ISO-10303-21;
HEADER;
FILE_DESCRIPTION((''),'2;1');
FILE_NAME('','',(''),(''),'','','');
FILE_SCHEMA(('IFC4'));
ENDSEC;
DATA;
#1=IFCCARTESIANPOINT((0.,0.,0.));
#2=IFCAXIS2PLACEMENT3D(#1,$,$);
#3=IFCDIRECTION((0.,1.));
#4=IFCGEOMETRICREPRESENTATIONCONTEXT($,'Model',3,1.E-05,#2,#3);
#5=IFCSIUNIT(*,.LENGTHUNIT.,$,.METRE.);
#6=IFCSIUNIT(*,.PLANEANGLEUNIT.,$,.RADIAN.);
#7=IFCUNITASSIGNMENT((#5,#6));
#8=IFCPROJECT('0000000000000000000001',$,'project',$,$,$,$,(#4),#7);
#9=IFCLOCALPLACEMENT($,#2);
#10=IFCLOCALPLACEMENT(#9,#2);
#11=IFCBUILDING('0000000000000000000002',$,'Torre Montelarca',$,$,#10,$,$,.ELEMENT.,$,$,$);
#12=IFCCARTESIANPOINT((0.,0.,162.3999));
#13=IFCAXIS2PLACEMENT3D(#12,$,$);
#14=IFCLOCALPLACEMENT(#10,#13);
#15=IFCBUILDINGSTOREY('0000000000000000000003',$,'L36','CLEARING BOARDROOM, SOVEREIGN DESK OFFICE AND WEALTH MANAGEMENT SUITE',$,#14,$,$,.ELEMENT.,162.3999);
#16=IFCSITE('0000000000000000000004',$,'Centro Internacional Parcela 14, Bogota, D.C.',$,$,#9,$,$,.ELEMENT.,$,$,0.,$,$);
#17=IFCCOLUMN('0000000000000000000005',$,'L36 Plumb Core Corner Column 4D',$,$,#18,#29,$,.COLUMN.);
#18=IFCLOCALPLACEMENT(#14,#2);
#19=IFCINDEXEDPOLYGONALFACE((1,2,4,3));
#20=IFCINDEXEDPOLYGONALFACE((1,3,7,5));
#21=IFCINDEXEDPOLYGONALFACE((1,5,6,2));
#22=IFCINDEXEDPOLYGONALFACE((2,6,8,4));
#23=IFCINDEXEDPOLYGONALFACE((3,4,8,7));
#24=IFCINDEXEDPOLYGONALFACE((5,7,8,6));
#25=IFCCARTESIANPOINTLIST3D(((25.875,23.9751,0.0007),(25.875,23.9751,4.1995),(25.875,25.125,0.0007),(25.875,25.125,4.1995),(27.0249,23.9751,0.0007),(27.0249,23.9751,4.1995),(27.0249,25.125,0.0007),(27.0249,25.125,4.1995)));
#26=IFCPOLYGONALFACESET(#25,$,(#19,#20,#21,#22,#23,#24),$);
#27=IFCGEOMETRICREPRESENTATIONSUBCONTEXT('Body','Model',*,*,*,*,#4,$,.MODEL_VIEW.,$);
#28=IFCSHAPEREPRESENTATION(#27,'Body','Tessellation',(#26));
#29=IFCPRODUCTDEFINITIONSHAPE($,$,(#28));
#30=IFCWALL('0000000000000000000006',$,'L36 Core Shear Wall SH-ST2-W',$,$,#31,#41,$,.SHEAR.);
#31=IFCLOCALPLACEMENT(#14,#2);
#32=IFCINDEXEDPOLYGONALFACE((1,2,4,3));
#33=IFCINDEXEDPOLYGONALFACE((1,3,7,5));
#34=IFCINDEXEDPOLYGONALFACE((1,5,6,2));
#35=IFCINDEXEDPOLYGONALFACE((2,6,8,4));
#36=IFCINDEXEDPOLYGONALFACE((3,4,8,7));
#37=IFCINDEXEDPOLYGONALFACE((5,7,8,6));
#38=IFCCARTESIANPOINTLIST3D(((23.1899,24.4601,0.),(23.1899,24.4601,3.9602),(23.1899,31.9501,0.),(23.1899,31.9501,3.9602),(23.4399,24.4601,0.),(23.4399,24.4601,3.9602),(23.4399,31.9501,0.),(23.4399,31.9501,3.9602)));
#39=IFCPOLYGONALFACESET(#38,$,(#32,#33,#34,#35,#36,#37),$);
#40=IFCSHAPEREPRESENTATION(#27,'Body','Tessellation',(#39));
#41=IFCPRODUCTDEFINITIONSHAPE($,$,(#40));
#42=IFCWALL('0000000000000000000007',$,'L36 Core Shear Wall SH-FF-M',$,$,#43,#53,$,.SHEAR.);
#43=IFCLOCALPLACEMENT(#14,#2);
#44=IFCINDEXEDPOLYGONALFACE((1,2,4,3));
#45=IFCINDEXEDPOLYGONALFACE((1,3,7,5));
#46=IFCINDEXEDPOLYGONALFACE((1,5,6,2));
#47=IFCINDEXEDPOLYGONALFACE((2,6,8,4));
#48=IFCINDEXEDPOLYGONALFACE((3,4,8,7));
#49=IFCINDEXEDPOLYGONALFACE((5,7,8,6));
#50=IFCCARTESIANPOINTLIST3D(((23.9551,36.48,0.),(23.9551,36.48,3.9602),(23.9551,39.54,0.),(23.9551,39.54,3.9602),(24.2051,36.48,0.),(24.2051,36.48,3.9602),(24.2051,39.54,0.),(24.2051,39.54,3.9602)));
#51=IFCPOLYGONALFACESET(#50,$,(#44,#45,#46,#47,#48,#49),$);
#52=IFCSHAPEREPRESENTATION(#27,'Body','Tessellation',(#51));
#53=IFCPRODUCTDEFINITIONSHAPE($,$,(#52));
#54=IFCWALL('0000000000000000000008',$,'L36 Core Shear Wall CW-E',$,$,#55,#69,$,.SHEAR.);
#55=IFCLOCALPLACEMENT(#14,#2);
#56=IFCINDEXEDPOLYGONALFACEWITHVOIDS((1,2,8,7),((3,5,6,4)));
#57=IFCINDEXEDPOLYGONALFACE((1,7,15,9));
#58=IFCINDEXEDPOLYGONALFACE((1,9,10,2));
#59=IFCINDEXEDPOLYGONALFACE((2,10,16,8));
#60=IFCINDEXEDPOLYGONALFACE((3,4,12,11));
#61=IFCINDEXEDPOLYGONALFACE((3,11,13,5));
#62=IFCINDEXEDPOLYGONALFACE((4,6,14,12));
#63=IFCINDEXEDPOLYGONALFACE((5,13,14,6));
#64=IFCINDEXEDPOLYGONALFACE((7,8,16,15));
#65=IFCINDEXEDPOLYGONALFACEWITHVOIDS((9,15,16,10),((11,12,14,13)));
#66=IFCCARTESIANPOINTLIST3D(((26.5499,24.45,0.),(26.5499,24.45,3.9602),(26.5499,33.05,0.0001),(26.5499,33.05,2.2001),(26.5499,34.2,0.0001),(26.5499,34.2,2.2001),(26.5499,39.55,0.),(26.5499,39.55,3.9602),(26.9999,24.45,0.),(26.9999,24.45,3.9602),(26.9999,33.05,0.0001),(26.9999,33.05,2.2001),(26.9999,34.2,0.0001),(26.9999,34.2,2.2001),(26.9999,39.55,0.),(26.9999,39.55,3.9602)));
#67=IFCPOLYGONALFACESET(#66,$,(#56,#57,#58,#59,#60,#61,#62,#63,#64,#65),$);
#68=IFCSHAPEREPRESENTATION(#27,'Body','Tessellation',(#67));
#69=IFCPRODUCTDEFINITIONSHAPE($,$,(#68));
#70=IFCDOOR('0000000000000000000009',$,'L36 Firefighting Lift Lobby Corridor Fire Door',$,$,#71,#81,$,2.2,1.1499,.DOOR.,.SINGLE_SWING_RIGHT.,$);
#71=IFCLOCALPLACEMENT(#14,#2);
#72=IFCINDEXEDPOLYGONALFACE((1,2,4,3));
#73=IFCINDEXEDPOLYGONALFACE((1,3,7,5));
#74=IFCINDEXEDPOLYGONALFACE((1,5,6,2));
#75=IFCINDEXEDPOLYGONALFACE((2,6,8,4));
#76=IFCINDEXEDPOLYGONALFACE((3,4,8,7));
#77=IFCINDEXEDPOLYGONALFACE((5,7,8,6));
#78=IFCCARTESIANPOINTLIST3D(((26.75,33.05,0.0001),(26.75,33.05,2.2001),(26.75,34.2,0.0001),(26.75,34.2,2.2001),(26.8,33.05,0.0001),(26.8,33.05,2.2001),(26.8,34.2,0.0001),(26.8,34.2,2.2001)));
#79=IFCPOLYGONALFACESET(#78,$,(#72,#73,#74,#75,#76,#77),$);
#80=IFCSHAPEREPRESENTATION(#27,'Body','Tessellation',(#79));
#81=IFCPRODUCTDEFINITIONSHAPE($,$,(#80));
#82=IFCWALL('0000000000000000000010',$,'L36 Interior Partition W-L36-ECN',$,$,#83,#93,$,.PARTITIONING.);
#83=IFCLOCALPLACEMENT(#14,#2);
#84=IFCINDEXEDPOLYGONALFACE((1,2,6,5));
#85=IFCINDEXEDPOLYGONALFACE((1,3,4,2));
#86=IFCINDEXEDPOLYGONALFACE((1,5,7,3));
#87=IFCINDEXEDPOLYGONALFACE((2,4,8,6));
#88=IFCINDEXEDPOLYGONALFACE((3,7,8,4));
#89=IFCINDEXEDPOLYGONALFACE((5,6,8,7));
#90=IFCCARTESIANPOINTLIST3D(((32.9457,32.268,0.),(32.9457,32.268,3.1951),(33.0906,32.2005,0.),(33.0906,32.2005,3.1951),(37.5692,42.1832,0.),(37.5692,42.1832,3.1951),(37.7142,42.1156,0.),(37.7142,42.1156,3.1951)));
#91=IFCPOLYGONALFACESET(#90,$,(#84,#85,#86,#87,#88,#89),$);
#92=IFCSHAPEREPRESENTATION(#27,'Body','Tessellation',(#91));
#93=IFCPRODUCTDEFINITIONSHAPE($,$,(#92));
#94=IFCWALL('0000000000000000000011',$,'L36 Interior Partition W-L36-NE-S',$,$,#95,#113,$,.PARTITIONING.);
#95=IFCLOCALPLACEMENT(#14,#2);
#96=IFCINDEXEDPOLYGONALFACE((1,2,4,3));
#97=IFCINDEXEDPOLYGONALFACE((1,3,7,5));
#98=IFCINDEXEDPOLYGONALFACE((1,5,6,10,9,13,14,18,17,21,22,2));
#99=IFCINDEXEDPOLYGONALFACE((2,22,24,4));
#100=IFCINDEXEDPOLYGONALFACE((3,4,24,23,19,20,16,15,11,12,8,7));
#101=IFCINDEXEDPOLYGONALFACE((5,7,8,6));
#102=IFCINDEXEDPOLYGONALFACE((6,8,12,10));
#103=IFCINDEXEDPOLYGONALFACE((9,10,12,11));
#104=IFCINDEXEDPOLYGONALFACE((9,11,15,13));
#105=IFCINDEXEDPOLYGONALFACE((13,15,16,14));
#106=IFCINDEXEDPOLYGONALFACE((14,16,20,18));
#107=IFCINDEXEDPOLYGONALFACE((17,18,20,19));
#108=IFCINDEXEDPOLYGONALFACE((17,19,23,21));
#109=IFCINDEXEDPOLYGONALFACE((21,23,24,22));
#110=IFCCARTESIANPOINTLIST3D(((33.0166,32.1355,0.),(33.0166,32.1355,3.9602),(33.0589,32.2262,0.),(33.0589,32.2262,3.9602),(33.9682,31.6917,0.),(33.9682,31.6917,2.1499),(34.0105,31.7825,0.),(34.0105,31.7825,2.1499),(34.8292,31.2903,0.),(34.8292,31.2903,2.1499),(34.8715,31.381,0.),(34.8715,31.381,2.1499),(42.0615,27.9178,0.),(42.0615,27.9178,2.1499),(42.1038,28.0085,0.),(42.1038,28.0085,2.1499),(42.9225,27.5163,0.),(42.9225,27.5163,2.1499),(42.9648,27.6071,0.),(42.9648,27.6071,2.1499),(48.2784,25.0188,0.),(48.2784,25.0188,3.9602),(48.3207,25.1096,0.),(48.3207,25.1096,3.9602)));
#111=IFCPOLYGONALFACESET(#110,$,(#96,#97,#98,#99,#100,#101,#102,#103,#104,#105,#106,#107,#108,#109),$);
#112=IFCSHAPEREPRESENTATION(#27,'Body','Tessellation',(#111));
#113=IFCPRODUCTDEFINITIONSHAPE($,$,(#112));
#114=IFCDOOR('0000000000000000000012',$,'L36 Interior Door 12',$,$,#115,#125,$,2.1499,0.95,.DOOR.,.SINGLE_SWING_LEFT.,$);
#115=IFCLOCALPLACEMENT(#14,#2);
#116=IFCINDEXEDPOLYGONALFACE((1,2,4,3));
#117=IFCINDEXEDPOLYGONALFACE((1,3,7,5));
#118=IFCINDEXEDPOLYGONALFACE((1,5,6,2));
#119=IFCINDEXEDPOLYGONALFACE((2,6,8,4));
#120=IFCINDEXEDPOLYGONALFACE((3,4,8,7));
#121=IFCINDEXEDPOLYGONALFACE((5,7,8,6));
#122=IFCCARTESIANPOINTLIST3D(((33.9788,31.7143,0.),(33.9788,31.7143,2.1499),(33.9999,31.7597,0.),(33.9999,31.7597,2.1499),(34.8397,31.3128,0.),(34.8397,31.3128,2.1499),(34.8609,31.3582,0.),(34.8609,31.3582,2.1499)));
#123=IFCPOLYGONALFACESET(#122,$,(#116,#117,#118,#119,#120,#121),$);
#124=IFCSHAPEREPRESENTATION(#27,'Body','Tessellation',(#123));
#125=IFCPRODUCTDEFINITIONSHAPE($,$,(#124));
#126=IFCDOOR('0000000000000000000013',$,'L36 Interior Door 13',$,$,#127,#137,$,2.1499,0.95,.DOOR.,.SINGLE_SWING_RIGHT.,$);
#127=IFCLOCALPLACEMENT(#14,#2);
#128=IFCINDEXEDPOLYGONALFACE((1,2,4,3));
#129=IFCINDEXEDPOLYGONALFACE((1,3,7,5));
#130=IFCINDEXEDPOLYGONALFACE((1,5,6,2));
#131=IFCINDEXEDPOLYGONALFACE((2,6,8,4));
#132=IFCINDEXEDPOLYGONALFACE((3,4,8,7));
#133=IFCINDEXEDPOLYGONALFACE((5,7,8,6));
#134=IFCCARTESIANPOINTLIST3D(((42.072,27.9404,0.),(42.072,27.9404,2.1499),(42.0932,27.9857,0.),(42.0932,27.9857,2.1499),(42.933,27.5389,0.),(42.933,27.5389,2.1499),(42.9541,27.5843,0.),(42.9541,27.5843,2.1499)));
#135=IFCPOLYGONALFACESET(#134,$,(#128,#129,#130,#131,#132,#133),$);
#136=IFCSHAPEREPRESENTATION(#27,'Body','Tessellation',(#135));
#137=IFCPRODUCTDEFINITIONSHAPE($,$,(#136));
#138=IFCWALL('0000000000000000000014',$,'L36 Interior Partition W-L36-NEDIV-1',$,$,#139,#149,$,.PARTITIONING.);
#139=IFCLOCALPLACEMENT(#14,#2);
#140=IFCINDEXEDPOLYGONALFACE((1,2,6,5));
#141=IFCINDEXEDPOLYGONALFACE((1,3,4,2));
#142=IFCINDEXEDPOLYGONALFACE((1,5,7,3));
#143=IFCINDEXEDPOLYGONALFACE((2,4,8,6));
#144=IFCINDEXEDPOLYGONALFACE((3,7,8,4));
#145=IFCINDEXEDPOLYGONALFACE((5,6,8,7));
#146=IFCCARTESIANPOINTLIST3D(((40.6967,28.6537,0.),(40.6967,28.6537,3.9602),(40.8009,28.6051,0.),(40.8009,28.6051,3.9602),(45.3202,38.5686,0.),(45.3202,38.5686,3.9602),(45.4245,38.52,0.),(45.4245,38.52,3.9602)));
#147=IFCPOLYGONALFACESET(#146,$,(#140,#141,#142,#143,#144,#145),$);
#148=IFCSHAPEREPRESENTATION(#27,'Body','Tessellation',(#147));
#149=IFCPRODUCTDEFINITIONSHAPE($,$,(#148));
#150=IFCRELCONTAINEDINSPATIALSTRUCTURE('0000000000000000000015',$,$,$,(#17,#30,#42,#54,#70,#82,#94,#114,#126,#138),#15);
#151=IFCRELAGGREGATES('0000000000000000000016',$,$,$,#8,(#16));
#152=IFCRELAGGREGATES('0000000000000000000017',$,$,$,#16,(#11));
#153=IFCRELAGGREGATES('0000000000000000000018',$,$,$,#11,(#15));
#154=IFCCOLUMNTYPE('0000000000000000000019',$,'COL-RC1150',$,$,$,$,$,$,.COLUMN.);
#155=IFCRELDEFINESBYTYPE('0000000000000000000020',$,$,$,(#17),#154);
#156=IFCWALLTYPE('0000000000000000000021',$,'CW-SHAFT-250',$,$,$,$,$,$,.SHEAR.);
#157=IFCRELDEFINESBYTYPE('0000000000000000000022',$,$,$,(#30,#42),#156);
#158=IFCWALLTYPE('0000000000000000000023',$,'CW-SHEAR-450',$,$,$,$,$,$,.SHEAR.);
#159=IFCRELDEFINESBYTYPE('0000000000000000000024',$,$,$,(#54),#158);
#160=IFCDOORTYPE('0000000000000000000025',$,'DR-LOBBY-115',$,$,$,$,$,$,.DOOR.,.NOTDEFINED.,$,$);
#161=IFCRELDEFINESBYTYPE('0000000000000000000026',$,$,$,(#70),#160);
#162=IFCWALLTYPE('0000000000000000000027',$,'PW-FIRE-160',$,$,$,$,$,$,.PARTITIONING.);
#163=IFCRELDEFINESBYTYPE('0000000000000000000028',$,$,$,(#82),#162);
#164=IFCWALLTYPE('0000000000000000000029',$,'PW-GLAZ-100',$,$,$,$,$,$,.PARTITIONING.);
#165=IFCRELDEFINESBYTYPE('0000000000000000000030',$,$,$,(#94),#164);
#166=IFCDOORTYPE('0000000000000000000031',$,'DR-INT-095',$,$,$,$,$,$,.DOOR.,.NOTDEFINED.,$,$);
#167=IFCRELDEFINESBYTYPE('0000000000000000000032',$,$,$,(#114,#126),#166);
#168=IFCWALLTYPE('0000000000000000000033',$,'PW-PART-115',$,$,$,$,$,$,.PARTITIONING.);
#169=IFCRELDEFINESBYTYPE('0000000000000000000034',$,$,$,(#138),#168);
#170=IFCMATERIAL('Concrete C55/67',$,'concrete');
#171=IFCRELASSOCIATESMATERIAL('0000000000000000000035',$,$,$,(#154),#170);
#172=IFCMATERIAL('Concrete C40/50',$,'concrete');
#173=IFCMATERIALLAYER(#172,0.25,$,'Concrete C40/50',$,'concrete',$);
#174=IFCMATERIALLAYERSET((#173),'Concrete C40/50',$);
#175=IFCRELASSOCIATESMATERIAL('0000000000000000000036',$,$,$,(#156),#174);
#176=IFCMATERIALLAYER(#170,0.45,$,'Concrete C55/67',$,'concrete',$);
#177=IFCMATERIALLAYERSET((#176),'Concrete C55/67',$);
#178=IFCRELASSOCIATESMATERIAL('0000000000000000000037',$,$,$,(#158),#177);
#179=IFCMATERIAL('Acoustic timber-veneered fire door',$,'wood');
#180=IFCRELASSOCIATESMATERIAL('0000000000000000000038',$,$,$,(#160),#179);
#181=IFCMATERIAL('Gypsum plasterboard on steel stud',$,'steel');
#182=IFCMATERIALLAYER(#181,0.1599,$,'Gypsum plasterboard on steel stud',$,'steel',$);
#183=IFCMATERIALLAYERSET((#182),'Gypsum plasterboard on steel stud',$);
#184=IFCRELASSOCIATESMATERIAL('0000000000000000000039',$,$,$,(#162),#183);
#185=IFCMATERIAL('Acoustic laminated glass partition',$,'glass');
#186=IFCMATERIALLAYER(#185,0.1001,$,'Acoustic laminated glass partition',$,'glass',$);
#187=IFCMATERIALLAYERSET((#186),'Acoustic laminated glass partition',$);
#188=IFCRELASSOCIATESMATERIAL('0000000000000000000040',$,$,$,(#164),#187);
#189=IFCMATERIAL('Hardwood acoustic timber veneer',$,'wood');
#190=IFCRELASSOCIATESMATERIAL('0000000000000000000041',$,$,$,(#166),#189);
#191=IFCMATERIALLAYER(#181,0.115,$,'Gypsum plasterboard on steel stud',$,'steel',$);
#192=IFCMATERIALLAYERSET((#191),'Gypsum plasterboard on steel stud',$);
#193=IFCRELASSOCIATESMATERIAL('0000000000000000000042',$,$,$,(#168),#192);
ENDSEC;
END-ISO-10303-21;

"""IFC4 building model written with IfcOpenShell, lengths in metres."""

from ifc_helpers import new_model, si_unit, direction, frame, frame_2d, origin, origin_2d, place, context, subcontext, project, spatial, rectangle, extrude, source, transform, mapped, material, layer, layer_set, material_profile, profile_set, type_object, element, fill, save


model = new_model("IFC4")

# Units and contexts
model_context = context("Model", 3, precision=1e-05, world=origin(), true_north=direction((0.0, 1.0)))
body_context = subcontext(model_context, "Body", "Model", "MODEL_VIEW")
ifc_project = project(units=[si_unit("LENGTHUNIT", "METRE"), si_unit("PLANEANGLEUNIT", "RADIAN")], contexts=[model_context])

# Site, building, storey
site_placement = place(None, origin())
site = spatial("IfcSite", under=ifc_project, at=site_placement, Name="Centro Internacional Parcela 14, Bogota, D.C.", CompositionType="ELEMENT", RefElevation=0.0)
building_placement = place(site_placement, origin())
building = spatial("IfcBuilding", under=site, at=building_placement, Name="Torre Montelarca", CompositionType="ELEMENT")
storey_placement = place(building_placement, frame((0.0, 0.0, 162.3999)))
storey = spatial("IfcBuildingStorey", under=building, at=storey_placement, Name="L36", Description="CLEARING BOARDROOM, SOVEREIGN DESK OFFICE AND WEALTH MANAGEMENT SUITE", CompositionType="ELEMENT", Elevation=162.3999)

# Column
ifc_material_1 = material(Name="Concrete C55/67", Category="concrete")
ifc_material_profile_1 = material_profile(ifc_material_1, rectangle(XDim=1.1499, YDim=1.1499, at=origin_2d()), Name="RC1150X1150", Category="concrete")
ifc_profile_set_1 = profile_set([ifc_material_profile_1], Name="Concrete C55/67")
column_type_1 = type_object("IfcColumnType", Name="COL-RC1150", PredefinedType="COLUMN", material=ifc_profile_set_1)
shared_shape_1 = source(origin(), body_context, "Body", "SweptSolid", [
    extrude(rectangle(XDim=1.1499, YDim=1.1499, at=origin_2d()), origin(), (0.0, 0.0, 1.0), 4.1987),
])
column_1_placement = place(storey_placement, frame((26.45, 24.55, 0.0007), z_axis=(0.0, 0.0, 1.0), x_axis=(1.0, 0.0, 0.0)))
element("IfcColumn", 1, at=column_1_placement, inside=storey, type_object=column_type_1, Name="L36 Plumb Core Corner Column 4D", PredefinedType="COLUMN", context=body_context, shape_type="MappedRepresentation", body=[
    mapped(shared_shape_1, transform((0.0, 0.0, 0.0), scale=1.0)),
])

# Walls
ifc_material_2 = material(Name="Concrete C40/50", Category="concrete")
ifc_layer_1 = layer(ifc_material_2, 0.25, Name="Concrete C40/50", Category="concrete")
ifc_layer_set_1 = layer_set([ifc_layer_1], Name="Concrete C40/50")
wall_type_1 = type_object("IfcWallType", Name="CW-SHAFT-250", PredefinedType="SHEAR", material=ifc_layer_set_1)
wall_1_placement = place(storey_placement, frame((23.3149, 24.46, 0.0), z_axis=(0.0, 0.0, 1.0), x_axis=(0.0, 1.0, 0.0)))
element("IfcWall", 2, at=wall_1_placement, inside=storey, type_object=wall_type_1, Name="L36 Core Shear Wall SH-ST2-W", PredefinedType="SHEAR", context=body_context, shape_type="SweptSolid", body=[
    extrude(rectangle(XDim=7.49, YDim=0.25, at=frame_2d((3.7451, 0.0))), origin(), (0.0, 0.0, 1.0), 3.9602),
])
wall_2_placement = place(storey_placement, frame((24.0801, 36.48, 0.0), z_axis=(0.0, 0.0, 1.0), x_axis=(0.0, 1.0, 0.0)))
element("IfcWall", 3, at=wall_2_placement, inside=storey, type_object=wall_type_1, Name="L36 Core Shear Wall SH-FF-M", PredefinedType="SHEAR", context=body_context, shape_type="SweptSolid", body=[
    extrude(rectangle(XDim=3.0601, YDim=0.25, at=frame_2d((1.53, 0.0))), origin(), (0.0, 0.0, 1.0), 3.9602),
])

# Wall, opening, door
ifc_layer_2 = layer(ifc_material_1, 0.45, Name="Concrete C55/67", Category="concrete")
ifc_layer_set_2 = layer_set([ifc_layer_2], Name="Concrete C55/67")
wall_type_2 = type_object("IfcWallType", Name="CW-SHEAR-450", PredefinedType="SHEAR", material=ifc_layer_set_2)
wall_3_placement = place(storey_placement, frame((26.7749, 24.45, 0.0), z_axis=(0.0, 0.0, 1.0), x_axis=(0.0, 1.0, 0.0)))
wall_3 = element("IfcWall", 4, at=wall_3_placement, inside=storey, type_object=wall_type_2, Name="L36 Core Shear Wall CW-E", PredefinedType="SHEAR", context=body_context, shape_type="SweptSolid", body=[
    extrude(rectangle(XDim=15.1001, YDim=0.45, at=frame_2d((7.55, 0.0))), origin(), (0.0, 0.0, 1.0), 3.9602),
])
opening_1_placement = place(wall_3_placement, frame((8.6001, 0.0, 0.0)))
opening_1 = element("IfcOpeningElement", 5, at=opening_1_placement, cuts=wall_3, PredefinedType="OPENING", context=body_context, shape_type="SweptSolid", body=[
    extrude(rectangle(XDim=1.1499, YDim=2.2, at=frame_2d((0.575, 1.1001))), frame((0.0, 0.2349, 0.0), z_axis=(0.0, -1.0, 0.0), x_axis=(1.0, 0.0, 0.0)), (0.0, 0.0, 1.0), 0.47),
])
ifc_material_3 = material(Name="Acoustic timber-veneered fire door", Category="wood")
door_type_1 = type_object("IfcDoorType", Name="DR-LOBBY-115", OperationType="NOTDEFINED", PredefinedType="DOOR", material=ifc_material_3)
shared_shape_2 = source(origin(), body_context, "Body", "SweptSolid", [
    extrude(rectangle(XDim=1.1499, YDim=2.2, at=frame_2d((0.575, 1.1001))), frame((0.0, 0.0249, 0.0), z_axis=(0.0, -1.0, 0.0), x_axis=(1.0, 0.0, 0.0)), (0.0, 0.0, 1.0), 0.05),
])
door_1_placement = place(opening_1_placement, origin())
door_1 = element("IfcDoor", 6, at=door_1_placement, inside=storey, type_object=door_type_1, Name="L36 Firefighting Lift Lobby Corridor Fire Door", OperationType="SINGLE_SWING_RIGHT", OverallHeight=2.2, OverallWidth=1.1499, PredefinedType="DOOR", context=body_context, shape_type="MappedRepresentation", body=[
    mapped(shared_shape_2, transform((0.0, 0.0, 0.0), scale=1.0)),
])
fill(opening_1, door_1)

# Wall
ifc_material_4 = material(Name="Gypsum plasterboard on steel stud", Category="steel")
ifc_layer_3 = layer(ifc_material_4, 0.1599, Name="Gypsum plasterboard on steel stud", Category="steel")
ifc_layer_set_3 = layer_set([ifc_layer_3], Name="Gypsum plasterboard on steel stud")
wall_type_3 = type_object("IfcWallType", Name="PW-FIRE-160", PredefinedType="PARTITIONING", material=ifc_layer_set_3)
wall_4_placement = place(storey_placement, frame((33.0181, 32.2341, 0.0), z_axis=(0.0, 0.0, 1.0), x_axis=(0.422624, 0.906305, 0.0)))
element("IfcWall", 7, at=wall_4_placement, inside=storey, type_object=wall_type_3, Name="L36 Interior Partition W-L36-ECN", PredefinedType="PARTITIONING", context=body_context, shape_type="SweptSolid", body=[
    extrude(rectangle(XDim=10.9402, YDim=0.1599, at=frame_2d((5.4702, 0.0))), origin(), (0.0, 0.0, 1.0), 3.1951),
])

# Wall, openings, doors
ifc_material_5 = material(Name="Acoustic laminated glass partition", Category="glass")
ifc_layer_4 = layer(ifc_material_5, 0.1001, Name="Acoustic laminated glass partition", Category="glass")
ifc_layer_set_4 = layer_set([ifc_layer_4], Name="Acoustic laminated glass partition")
wall_type_4 = type_object("IfcWallType", Name="PW-GLAZ-100", PredefinedType="PARTITIONING", material=ifc_layer_set_4)
wall_5_placement = place(storey_placement, frame((33.0376, 32.1809, 0.0), z_axis=(0.0, 0.0, 1.0), x_axis=(0.906309, -0.422615, 0.0)))
wall_5 = element("IfcWall", 8, at=wall_5_placement, inside=storey, type_object=wall_type_4, Name="L36 Interior Partition W-L36-NE-S", PredefinedType="PARTITIONING", context=body_context, shape_type="SweptSolid", body=[
    extrude(rectangle(XDim=16.8396, YDim=0.1001, at=frame_2d((8.4199, 0.0))), origin(), (0.0, 0.0, 1.0), 3.9602),
])
opening_2_placement = place(wall_5_placement, frame((1.05, 0.0, 0.0)))
opening_2 = element("IfcOpeningElement", 9, at=opening_2_placement, cuts=wall_5, PredefinedType="OPENING", context=body_context, shape_type="SweptSolid", body=[
    extrude(rectangle(XDim=0.95, YDim=2.1499, at=frame_2d((0.4751, 1.075))), frame((0.0, 0.0601, 0.0), z_axis=(0.0, -1.0, 0.0), x_axis=(1.0, 0.0, 0.0)), (0.0, 0.0, 1.0), 0.1201),
])
opening_3_placement = place(wall_5_placement, frame((9.98, 0.0, 0.0)))
opening_3 = element("IfcOpeningElement", 10, at=opening_3_placement, cuts=wall_5, PredefinedType="OPENING", context=body_context, shape_type="SweptSolid", body=[
    extrude(rectangle(XDim=0.95, YDim=2.1499, at=frame_2d((0.4751, 1.075))), frame((0.0, 0.0601, 0.0), z_axis=(0.0, -1.0, 0.0), x_axis=(1.0, 0.0, 0.0)), (0.0, 0.0, 1.0), 0.1201),
])
ifc_material_6 = material(Name="Hardwood acoustic timber veneer", Category="wood")
door_type_2 = type_object("IfcDoorType", Name="DR-INT-095", OperationType="NOTDEFINED", PredefinedType="DOOR", material=ifc_material_6)
shared_shape_3 = source(origin(), body_context, "Body", "SweptSolid", [
    extrude(rectangle(XDim=0.95, YDim=2.1499, at=frame_2d((0.4751, 1.075))), frame((0.0, 0.0249, 0.0), z_axis=(0.0, -1.0, 0.0), x_axis=(1.0, 0.0, 0.0)), (0.0, 0.0, 1.0), 0.05),
])
door_2_placement = place(opening_2_placement, origin())
door_2 = element("IfcDoor", 11, at=door_2_placement, inside=storey, type_object=door_type_2, Name="L36 Interior Door 12", OperationType="SINGLE_SWING_LEFT", OverallHeight=2.1499, OverallWidth=0.95, PredefinedType="DOOR", context=body_context, shape_type="MappedRepresentation", body=[
    mapped(shared_shape_3, transform((0.0, 0.0, 0.0), scale=1.0)),
])
fill(opening_2, door_2)
door_3_placement = place(opening_3_placement, origin())
door_3 = element("IfcDoor", 12, at=door_3_placement, inside=storey, type_object=door_type_2, Name="L36 Interior Door 13", OperationType="SINGLE_SWING_RIGHT", OverallHeight=2.1499, OverallWidth=0.95, PredefinedType="DOOR", context=body_context, shape_type="MappedRepresentation", body=[
    mapped(shared_shape_3, transform((0.0, 0.0, 0.0), scale=1.0)),
])
fill(opening_3, door_3)

# Wall
ifc_layer_5 = layer(ifc_material_4, 0.115, Name="Gypsum plasterboard on steel stud", Category="steel")
ifc_layer_set_5 = layer_set([ifc_layer_5], Name="Gypsum plasterboard on steel stud")
wall_type_5 = type_object("IfcWallType", Name="PW-PART-115", PredefinedType="PARTITIONING", material=ifc_layer_set_5)
wall_6_placement = place(storey_placement, frame((40.7488, 28.6294, 0.0), z_axis=(0.0, 0.0, 1.0), x_axis=(0.422633, 0.906301, 0.0)))
element("IfcWall", 13, at=wall_6_placement, inside=storey, type_object=wall_type_5, Name="L36 Interior Partition W-L36-NEDIV-1", PredefinedType="PARTITIONING", context=body_context, shape_type="SweptSolid", body=[
    extrude(rectangle(XDim=10.9399, YDim=0.115, at=frame_2d((5.47, 0.0))), origin(), (0.0, 0.0, 1.0), 3.9602),
])

save(model, "model.ifc")
